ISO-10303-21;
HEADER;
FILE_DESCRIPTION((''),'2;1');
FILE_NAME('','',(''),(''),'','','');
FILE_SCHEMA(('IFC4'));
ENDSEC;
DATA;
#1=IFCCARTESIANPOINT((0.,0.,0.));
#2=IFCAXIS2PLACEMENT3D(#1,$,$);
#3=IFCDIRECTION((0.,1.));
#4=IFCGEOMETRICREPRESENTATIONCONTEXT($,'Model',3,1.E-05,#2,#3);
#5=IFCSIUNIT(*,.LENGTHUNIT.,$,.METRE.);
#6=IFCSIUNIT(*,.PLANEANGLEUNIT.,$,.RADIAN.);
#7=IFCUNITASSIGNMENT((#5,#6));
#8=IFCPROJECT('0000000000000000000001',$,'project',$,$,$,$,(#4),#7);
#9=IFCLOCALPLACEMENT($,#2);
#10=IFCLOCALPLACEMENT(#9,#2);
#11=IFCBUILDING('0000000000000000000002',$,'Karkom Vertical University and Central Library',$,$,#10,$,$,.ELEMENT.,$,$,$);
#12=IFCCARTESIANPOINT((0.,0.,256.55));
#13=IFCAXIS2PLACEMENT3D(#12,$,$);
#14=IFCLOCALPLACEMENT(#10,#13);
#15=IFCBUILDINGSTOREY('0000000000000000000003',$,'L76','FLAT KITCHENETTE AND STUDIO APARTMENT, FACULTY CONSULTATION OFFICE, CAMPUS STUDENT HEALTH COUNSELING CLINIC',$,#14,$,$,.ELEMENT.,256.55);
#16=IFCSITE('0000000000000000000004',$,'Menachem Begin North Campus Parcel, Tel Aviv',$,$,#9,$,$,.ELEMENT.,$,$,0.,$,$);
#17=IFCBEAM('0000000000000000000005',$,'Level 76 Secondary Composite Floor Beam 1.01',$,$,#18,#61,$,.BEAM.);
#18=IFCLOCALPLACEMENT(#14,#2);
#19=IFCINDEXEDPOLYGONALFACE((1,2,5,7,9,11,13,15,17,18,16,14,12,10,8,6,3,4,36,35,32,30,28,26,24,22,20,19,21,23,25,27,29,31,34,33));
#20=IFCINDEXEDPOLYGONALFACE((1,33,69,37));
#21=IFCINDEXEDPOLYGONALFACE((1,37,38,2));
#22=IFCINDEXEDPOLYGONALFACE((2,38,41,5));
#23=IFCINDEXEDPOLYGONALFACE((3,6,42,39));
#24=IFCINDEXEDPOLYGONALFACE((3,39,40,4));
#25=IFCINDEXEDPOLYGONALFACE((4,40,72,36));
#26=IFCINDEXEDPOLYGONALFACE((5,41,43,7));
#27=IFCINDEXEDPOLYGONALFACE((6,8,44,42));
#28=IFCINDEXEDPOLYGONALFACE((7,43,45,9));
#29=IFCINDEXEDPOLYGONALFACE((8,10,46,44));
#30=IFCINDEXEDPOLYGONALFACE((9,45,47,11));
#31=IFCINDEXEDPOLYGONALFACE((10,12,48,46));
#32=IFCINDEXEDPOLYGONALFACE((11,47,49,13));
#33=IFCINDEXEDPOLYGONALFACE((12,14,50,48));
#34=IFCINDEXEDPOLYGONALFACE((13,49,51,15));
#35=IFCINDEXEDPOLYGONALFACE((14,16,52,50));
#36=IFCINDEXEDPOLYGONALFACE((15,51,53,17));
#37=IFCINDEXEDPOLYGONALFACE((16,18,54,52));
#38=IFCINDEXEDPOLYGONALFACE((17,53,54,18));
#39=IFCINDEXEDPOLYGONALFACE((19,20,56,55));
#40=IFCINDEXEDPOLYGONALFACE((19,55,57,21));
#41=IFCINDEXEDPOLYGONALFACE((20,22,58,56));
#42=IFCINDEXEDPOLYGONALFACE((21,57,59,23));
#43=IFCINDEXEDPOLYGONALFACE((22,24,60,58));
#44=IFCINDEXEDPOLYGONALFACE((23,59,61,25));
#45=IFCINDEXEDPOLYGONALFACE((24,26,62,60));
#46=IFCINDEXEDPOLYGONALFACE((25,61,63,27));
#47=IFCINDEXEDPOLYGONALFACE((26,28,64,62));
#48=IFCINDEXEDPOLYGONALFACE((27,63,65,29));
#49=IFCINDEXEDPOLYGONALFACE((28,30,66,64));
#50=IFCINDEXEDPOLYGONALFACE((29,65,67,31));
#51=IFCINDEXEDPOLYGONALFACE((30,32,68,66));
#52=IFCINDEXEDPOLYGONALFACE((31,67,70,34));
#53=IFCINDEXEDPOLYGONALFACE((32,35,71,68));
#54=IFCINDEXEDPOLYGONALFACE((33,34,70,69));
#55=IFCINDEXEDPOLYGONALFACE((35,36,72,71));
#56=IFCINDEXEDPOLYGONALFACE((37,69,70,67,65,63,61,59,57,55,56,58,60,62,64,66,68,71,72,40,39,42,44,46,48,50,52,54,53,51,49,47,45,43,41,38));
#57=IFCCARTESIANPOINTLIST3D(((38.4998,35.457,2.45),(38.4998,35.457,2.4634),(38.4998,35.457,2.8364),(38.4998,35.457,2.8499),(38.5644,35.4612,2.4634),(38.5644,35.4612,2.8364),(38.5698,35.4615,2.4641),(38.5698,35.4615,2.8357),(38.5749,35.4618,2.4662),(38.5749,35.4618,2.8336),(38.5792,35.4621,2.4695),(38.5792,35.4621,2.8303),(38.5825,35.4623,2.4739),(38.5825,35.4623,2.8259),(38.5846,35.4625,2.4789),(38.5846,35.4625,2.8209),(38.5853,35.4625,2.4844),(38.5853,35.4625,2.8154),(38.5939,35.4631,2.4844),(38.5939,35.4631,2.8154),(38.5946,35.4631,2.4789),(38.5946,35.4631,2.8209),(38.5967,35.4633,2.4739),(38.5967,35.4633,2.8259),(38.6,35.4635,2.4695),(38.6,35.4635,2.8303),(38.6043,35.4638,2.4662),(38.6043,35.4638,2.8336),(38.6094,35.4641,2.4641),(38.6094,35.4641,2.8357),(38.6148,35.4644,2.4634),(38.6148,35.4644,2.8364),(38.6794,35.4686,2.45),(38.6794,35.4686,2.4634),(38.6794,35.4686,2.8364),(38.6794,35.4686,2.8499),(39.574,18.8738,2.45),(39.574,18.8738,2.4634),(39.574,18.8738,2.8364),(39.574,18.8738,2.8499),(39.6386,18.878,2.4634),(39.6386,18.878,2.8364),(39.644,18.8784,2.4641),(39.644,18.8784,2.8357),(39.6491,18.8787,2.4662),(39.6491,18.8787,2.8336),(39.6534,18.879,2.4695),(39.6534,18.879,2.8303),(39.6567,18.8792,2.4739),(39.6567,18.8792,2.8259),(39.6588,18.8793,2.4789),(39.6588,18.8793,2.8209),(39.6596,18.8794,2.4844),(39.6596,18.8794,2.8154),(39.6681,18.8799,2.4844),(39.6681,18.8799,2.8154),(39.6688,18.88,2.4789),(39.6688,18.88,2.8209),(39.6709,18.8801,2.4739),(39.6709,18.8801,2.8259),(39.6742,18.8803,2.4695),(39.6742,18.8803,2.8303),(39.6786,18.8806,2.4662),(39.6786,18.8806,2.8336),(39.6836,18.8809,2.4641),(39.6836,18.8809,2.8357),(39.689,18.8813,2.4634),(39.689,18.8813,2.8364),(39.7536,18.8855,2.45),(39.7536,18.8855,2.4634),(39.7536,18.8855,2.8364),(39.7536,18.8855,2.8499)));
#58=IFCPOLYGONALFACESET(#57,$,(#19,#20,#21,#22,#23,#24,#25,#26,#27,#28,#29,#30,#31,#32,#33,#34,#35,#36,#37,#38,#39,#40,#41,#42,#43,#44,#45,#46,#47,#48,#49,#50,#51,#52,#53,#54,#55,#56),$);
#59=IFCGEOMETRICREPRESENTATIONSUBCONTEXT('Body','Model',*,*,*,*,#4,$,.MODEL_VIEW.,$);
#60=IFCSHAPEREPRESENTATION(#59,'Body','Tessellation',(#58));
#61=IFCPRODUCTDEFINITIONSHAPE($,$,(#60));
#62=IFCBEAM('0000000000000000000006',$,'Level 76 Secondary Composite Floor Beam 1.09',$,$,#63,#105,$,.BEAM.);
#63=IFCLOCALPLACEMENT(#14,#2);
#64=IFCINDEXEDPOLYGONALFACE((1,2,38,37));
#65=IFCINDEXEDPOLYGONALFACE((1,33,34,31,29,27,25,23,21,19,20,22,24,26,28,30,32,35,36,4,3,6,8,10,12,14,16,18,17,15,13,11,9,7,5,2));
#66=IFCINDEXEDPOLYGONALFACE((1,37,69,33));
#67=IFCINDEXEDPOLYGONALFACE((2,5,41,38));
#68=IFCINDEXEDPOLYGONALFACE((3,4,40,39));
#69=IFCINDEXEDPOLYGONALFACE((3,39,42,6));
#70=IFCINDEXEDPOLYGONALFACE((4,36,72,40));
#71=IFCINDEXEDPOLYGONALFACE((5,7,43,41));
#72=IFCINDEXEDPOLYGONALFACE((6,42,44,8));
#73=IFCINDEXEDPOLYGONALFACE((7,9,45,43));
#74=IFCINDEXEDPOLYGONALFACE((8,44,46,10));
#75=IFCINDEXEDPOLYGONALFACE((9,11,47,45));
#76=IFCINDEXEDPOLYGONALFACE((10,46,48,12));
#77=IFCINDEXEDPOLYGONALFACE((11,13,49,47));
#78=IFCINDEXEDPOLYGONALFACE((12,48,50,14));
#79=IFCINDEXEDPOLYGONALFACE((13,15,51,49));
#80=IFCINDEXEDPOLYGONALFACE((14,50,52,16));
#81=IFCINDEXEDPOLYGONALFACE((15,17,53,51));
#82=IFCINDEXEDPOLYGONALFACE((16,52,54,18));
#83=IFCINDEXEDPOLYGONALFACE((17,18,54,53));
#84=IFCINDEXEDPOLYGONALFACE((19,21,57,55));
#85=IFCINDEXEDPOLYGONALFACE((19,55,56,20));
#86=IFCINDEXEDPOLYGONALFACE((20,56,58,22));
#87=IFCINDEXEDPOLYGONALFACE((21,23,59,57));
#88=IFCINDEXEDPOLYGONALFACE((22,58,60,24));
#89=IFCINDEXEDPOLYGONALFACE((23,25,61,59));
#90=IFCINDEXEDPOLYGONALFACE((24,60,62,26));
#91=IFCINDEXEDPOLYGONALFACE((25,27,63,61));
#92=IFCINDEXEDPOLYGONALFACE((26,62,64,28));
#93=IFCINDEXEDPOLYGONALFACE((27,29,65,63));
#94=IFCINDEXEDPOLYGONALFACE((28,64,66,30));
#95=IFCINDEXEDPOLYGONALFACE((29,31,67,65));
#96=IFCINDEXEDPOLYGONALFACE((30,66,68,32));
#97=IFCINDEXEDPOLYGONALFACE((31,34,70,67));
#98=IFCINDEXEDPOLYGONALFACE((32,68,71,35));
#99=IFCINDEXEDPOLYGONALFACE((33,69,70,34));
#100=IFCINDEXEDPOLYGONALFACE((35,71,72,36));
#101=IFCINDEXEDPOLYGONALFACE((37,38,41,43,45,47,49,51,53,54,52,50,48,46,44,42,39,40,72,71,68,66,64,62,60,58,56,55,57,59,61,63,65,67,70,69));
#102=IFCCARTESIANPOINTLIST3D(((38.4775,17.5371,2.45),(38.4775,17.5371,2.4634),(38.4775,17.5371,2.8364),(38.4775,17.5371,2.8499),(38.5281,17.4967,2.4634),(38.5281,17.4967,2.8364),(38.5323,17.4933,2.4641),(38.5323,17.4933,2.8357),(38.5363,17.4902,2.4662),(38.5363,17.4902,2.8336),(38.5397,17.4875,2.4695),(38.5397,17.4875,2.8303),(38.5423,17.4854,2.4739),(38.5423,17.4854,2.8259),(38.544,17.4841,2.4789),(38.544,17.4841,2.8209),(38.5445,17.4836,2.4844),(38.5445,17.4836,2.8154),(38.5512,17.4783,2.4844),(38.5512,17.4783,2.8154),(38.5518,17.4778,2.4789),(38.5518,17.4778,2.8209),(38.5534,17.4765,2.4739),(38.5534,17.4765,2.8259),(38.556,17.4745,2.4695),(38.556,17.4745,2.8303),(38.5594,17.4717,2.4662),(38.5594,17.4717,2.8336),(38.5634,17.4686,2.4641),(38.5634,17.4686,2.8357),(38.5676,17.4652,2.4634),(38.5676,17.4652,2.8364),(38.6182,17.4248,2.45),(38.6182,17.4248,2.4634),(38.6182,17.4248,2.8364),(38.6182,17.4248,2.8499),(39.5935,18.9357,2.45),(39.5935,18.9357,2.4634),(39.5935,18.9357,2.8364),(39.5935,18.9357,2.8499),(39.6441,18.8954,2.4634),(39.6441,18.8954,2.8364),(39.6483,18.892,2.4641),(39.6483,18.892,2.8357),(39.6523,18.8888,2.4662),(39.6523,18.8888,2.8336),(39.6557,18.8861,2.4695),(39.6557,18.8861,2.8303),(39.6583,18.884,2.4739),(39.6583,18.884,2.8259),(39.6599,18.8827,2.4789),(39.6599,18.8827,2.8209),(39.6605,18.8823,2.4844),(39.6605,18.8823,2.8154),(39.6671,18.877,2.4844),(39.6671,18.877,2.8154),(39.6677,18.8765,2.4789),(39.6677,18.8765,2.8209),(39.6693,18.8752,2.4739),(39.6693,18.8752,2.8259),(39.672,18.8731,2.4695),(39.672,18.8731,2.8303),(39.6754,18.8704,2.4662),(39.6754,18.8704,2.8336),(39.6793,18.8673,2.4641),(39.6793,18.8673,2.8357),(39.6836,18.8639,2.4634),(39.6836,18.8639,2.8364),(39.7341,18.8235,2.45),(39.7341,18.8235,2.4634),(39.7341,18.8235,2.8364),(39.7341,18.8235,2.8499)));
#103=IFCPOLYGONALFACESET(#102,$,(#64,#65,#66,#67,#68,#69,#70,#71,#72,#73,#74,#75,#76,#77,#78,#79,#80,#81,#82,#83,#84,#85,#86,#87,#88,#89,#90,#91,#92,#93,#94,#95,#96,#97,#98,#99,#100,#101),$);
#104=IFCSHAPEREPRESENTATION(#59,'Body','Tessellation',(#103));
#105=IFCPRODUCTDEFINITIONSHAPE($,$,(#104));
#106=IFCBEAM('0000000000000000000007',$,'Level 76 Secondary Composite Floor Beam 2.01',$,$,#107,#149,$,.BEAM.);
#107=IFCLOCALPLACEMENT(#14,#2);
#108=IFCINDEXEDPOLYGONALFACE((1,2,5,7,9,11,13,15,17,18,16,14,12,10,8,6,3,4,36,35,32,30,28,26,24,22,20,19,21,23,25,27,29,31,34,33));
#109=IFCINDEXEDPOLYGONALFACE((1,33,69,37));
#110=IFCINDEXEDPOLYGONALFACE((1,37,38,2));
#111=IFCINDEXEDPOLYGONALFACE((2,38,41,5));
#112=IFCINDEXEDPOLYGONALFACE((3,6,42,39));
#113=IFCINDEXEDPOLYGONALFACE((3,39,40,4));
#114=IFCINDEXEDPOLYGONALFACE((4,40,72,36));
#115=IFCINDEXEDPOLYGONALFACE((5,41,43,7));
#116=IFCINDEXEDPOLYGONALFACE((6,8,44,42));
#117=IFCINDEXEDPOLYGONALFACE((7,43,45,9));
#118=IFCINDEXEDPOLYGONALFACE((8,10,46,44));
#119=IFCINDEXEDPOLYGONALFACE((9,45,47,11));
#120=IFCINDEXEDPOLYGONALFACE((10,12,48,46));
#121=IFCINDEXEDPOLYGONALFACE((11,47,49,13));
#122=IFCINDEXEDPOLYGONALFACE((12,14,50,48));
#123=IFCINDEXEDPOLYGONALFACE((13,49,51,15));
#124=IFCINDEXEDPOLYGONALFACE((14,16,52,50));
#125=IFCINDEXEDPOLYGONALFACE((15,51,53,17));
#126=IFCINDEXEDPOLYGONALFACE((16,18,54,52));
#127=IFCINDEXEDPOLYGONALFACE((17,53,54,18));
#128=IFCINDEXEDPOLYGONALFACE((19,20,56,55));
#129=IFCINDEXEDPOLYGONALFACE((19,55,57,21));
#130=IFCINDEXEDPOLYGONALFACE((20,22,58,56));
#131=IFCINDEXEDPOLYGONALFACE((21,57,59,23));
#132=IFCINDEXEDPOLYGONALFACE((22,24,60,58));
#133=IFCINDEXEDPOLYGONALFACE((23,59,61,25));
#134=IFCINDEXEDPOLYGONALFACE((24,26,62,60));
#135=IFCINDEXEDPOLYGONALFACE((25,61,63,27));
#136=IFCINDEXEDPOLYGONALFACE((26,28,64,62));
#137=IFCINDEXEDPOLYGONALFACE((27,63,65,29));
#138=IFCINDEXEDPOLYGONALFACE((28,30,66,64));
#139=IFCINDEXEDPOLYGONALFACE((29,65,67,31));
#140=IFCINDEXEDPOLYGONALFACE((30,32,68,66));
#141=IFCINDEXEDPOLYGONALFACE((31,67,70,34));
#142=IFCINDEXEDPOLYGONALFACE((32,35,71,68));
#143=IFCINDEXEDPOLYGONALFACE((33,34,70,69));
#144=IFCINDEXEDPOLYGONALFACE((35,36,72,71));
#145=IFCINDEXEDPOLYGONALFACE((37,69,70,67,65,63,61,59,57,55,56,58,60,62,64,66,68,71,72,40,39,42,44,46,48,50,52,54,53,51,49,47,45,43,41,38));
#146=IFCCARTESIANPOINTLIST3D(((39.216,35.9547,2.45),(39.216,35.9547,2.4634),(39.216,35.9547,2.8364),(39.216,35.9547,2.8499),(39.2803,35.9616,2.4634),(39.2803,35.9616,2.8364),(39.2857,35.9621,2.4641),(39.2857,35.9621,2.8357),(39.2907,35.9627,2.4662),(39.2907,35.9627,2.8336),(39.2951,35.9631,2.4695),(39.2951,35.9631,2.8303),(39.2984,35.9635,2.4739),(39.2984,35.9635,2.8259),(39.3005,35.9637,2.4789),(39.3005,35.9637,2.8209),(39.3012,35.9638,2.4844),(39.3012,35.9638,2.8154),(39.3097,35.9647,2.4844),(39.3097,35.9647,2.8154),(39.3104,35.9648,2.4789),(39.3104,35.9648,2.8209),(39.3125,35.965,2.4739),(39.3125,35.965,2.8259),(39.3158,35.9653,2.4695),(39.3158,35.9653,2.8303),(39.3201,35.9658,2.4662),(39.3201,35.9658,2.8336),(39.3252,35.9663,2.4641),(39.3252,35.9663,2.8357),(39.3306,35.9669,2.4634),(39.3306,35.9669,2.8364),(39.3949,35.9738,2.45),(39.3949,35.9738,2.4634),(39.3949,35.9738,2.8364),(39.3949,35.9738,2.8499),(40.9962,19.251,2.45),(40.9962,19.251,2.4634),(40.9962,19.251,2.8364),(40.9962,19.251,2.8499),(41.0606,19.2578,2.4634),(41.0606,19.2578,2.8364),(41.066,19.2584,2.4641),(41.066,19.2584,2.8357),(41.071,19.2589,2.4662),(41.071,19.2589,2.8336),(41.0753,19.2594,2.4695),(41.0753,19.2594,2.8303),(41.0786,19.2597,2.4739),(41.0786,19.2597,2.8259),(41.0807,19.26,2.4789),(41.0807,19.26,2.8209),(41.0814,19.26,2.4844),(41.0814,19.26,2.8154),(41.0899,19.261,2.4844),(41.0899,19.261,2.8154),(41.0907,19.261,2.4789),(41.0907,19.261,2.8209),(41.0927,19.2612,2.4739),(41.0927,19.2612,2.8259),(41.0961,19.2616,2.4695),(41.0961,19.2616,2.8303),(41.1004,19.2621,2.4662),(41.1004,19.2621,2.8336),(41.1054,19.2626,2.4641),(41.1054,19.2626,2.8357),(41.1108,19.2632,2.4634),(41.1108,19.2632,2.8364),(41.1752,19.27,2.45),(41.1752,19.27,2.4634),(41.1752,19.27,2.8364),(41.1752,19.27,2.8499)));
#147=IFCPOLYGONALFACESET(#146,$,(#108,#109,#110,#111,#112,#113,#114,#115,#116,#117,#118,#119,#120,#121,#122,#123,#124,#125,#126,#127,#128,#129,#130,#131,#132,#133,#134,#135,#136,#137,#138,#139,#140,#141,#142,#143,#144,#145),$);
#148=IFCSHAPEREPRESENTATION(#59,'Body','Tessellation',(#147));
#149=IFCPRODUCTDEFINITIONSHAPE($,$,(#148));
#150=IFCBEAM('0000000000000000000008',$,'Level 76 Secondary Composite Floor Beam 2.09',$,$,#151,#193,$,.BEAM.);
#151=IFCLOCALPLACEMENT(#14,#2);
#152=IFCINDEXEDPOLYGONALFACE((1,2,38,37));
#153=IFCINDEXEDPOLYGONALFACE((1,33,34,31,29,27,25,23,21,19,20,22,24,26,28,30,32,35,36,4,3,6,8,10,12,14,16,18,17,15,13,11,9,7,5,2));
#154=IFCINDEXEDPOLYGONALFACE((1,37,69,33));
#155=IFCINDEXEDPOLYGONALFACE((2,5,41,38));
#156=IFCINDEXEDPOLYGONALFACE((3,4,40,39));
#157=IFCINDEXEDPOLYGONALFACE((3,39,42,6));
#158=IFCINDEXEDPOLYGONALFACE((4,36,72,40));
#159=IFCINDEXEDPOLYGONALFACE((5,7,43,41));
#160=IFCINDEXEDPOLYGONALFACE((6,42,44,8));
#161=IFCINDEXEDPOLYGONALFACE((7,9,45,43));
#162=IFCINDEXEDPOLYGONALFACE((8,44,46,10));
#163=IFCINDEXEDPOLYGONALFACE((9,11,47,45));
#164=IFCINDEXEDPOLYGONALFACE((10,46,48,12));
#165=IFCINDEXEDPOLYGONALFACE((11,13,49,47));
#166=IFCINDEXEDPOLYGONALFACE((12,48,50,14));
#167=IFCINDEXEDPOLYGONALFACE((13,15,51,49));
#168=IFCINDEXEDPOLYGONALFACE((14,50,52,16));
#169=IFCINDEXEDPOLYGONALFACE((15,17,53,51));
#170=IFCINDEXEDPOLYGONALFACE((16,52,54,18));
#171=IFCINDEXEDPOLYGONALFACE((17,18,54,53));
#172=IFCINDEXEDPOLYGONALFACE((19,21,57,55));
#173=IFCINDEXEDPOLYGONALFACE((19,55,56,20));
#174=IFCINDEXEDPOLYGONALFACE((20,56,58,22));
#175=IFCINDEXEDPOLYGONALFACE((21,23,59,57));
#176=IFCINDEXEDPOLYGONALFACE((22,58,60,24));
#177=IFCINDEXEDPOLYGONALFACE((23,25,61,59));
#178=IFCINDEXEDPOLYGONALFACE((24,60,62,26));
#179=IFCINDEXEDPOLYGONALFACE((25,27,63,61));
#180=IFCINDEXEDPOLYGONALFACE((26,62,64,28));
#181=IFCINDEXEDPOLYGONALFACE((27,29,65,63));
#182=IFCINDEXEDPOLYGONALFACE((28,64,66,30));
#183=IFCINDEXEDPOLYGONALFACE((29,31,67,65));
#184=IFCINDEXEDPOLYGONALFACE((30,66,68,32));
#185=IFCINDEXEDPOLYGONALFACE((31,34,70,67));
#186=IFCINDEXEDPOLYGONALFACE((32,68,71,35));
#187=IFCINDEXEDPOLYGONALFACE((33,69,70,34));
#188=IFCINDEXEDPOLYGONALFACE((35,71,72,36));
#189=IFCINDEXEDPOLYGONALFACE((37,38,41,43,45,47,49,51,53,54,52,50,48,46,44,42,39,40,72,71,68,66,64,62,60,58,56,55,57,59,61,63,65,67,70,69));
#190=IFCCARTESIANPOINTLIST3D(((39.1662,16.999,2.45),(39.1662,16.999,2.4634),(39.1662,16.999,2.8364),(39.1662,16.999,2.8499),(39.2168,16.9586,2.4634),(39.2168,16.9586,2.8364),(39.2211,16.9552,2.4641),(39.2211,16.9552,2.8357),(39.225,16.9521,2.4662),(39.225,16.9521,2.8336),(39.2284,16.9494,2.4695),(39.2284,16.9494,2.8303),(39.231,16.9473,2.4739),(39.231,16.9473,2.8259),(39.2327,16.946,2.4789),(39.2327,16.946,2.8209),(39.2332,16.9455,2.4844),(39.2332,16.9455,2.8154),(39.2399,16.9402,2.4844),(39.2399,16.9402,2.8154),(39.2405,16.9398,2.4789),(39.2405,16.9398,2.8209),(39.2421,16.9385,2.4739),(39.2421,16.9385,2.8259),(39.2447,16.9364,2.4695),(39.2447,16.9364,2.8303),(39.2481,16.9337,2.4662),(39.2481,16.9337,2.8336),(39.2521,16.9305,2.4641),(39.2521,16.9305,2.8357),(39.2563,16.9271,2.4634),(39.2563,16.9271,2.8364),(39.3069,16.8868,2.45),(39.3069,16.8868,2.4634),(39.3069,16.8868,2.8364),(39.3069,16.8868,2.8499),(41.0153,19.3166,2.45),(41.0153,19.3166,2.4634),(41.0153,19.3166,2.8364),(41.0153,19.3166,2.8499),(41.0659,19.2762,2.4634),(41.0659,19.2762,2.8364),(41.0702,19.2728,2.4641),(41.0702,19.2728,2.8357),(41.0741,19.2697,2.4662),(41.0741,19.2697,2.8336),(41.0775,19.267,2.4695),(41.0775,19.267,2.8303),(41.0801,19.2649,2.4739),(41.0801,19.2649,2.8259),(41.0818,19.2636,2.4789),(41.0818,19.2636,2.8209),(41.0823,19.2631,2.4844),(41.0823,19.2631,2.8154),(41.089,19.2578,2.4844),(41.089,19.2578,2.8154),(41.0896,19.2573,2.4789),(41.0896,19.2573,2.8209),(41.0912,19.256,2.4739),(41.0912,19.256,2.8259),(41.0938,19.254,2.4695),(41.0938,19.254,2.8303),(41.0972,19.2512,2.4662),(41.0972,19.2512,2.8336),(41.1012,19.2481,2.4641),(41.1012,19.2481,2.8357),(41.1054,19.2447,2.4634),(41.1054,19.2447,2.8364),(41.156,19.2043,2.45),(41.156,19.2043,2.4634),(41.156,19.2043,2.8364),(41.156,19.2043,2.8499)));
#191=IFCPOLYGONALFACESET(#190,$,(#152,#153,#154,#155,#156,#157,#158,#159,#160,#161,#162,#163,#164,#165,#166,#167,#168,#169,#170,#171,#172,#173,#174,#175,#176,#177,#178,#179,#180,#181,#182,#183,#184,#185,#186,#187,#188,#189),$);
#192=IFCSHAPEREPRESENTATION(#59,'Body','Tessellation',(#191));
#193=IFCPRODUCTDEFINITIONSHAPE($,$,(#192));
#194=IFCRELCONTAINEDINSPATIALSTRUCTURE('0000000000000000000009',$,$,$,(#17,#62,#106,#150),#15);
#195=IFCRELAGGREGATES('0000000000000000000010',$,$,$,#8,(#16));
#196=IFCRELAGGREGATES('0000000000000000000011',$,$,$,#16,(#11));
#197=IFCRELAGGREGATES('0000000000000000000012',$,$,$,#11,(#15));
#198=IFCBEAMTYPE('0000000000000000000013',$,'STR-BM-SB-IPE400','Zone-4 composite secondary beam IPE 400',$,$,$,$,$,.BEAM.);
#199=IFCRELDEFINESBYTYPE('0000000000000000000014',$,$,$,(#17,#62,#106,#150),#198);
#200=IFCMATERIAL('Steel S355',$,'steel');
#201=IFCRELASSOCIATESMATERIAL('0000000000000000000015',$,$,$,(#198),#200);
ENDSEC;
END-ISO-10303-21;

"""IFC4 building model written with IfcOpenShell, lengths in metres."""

from ifc_helpers import new_model, si_unit, direction, frame, origin, origin_with_axes, origin_2d, place, context, subcontext, project, spatial, i_section, extrude, source, transform, mapped, material, material_profile, profile_set, type_object, element, save


model = new_model("IFC4")

# Units and contexts
model_context = context("Model", 3, precision=1e-05, world=origin(), true_north=direction((0.0, 1.0)))
body_context = subcontext(model_context, "Body", "Model", "MODEL_VIEW")
ifc_project = project(units=[si_unit("LENGTHUNIT", "METRE"), si_unit("PLANEANGLEUNIT", "RADIAN")], contexts=[model_context])

# Site, building, storey
site_placement = place(None, origin())
site = spatial("IfcSite", under=ifc_project, at=site_placement, Name="Menachem Begin North Campus Parcel, Tel Aviv", CompositionType="ELEMENT", RefElevation=0.0)
building_placement = place(site_placement, origin())
building = spatial("IfcBuilding", under=site, at=building_placement, Name="Karkom Vertical University and Central Library", CompositionType="ELEMENT")
storey_placement = place(building_placement, frame((0.0, 0.0, 256.55)))
storey = spatial("IfcBuildingStorey", under=building, at=storey_placement, Name="L76", Description="FLAT KITCHENETTE AND STUDIO APARTMENT, FACULTY CONSULTATION OFFICE, CAMPUS STUDENT HEALTH COUNSELING CLINIC", CompositionType="ELEMENT", Elevation=256.55)

# Beams
ifc_material_1 = material(Name="Steel S355", Category="steel")
ifc_material_profile_1 = material_profile(ifc_material_1, i_section(OverallWidth=0.1799, OverallDepth=0.3999, WebThickness=0.0085, FlangeThickness=0.0134, FilletRadius=0.021, at=origin_2d()), Name="IPE 400")
ifc_profile_set_1 = profile_set([ifc_material_profile_1], Name="Steel S355")
beam_type_1 = type_object("IfcBeamType", Name="STR-BM-SB-IPE400", Description="Zone-4 composite secondary beam IPE 400", PredefinedType="BEAM", material=ifc_profile_set_1)
shared_shape_1 = source(origin_with_axes(), body_context, "Body", "SweptSolid", [
    extrude(i_section(OverallWidth=0.1799, OverallDepth=0.3999, WebThickness=0.0085, FlangeThickness=0.0134, FilletRadius=0.021, at=origin_2d()), origin(), (0.0, 0.0, 1.0), 16.6179),
])
beam_1_placement = place(storey_placement, frame((39.6638, 18.8796, 2.6499), z_axis=(-0.064642, 0.997909, 0.0), x_axis=(-0.997909, -0.064642, 0.0)))
element("IfcBeam", 1, at=beam_1_placement, inside=storey, type_object=beam_type_1, Name="Level 76 Secondary Composite Floor Beam 1.01", PredefinedType="BEAM", context=body_context, shape_type="MappedRepresentation", body=[
    mapped(shared_shape_1, transform((0.0, 0.0, 0.0), scale=1.0)),
])
shared_shape_2 = source(origin_with_axes(), body_context, "Body", "SweptSolid", [
    extrude(i_section(OverallWidth=0.1799, OverallDepth=0.3999, WebThickness=0.0085, FlangeThickness=0.0134, FilletRadius=0.021, at=origin_2d()), origin(), (0.0, 0.0, 1.0), 1.7893),
])
beam_2_placement = place(storey_placement, frame((38.5479, 17.481, 2.6499), z_axis=(0.62368, 0.78168, 0.0), x_axis=(-0.78168, 0.62368, 0.0)))
element("IfcBeam", 2, at=beam_2_placement, inside=storey, type_object=beam_type_1, Name="Level 76 Secondary Composite Floor Beam 1.09", PredefinedType="BEAM", context=body_context, shape_type="MappedRepresentation", body=[
    mapped(shared_shape_2, transform((0.0, 0.0, 0.0), scale=1.0)),
])
shared_shape_3 = source(origin_with_axes(), body_context, "Body", "SweptSolid", [
    extrude(i_section(OverallWidth=0.1799, OverallDepth=0.3999, WebThickness=0.0085, FlangeThickness=0.0134, FilletRadius=0.021, at=origin_2d()), origin(), (0.0, 0.0, 1.0), 16.7983),
])
beam_3_placement = place(storey_placement, frame((41.0857, 19.2605, 2.6499), z_axis=(-0.105978, 0.994368, 0.0), x_axis=(-0.994368, -0.105978, 0.0)))
element("IfcBeam", 3, at=beam_3_placement, inside=storey, type_object=beam_type_1, Name="Level 76 Secondary Composite Floor Beam 2.01", PredefinedType="BEAM", context=body_context, shape_type="MappedRepresentation", body=[
    mapped(shared_shape_3, transform((0.0, 0.0, 0.0), scale=1.0)),
])
shared_shape_4 = source(origin_with_axes(), body_context, "Body", "SweptSolid", [
    extrude(i_section(OverallWidth=0.1799, OverallDepth=0.3999, WebThickness=0.0085, FlangeThickness=0.0134, FilletRadius=0.021, at=origin_2d()), origin(), (0.0, 0.0, 1.0), 2.9648),
])
beam_4_placement = place(storey_placement, frame((39.2366, 16.9429, 2.6499), z_axis=(0.62367, 0.781688, 0.0), x_axis=(-0.781688, 0.62367, 0.0)))
element("IfcBeam", 4, at=beam_4_placement, inside=storey, type_object=beam_type_1, Name="Level 76 Secondary Composite Floor Beam 2.09", PredefinedType="BEAM", context=body_context, shape_type="MappedRepresentation", body=[
    mapped(shared_shape_4, transform((0.0, 0.0, 0.0), scale=1.0)),
])

save(model, "model.ifc")
